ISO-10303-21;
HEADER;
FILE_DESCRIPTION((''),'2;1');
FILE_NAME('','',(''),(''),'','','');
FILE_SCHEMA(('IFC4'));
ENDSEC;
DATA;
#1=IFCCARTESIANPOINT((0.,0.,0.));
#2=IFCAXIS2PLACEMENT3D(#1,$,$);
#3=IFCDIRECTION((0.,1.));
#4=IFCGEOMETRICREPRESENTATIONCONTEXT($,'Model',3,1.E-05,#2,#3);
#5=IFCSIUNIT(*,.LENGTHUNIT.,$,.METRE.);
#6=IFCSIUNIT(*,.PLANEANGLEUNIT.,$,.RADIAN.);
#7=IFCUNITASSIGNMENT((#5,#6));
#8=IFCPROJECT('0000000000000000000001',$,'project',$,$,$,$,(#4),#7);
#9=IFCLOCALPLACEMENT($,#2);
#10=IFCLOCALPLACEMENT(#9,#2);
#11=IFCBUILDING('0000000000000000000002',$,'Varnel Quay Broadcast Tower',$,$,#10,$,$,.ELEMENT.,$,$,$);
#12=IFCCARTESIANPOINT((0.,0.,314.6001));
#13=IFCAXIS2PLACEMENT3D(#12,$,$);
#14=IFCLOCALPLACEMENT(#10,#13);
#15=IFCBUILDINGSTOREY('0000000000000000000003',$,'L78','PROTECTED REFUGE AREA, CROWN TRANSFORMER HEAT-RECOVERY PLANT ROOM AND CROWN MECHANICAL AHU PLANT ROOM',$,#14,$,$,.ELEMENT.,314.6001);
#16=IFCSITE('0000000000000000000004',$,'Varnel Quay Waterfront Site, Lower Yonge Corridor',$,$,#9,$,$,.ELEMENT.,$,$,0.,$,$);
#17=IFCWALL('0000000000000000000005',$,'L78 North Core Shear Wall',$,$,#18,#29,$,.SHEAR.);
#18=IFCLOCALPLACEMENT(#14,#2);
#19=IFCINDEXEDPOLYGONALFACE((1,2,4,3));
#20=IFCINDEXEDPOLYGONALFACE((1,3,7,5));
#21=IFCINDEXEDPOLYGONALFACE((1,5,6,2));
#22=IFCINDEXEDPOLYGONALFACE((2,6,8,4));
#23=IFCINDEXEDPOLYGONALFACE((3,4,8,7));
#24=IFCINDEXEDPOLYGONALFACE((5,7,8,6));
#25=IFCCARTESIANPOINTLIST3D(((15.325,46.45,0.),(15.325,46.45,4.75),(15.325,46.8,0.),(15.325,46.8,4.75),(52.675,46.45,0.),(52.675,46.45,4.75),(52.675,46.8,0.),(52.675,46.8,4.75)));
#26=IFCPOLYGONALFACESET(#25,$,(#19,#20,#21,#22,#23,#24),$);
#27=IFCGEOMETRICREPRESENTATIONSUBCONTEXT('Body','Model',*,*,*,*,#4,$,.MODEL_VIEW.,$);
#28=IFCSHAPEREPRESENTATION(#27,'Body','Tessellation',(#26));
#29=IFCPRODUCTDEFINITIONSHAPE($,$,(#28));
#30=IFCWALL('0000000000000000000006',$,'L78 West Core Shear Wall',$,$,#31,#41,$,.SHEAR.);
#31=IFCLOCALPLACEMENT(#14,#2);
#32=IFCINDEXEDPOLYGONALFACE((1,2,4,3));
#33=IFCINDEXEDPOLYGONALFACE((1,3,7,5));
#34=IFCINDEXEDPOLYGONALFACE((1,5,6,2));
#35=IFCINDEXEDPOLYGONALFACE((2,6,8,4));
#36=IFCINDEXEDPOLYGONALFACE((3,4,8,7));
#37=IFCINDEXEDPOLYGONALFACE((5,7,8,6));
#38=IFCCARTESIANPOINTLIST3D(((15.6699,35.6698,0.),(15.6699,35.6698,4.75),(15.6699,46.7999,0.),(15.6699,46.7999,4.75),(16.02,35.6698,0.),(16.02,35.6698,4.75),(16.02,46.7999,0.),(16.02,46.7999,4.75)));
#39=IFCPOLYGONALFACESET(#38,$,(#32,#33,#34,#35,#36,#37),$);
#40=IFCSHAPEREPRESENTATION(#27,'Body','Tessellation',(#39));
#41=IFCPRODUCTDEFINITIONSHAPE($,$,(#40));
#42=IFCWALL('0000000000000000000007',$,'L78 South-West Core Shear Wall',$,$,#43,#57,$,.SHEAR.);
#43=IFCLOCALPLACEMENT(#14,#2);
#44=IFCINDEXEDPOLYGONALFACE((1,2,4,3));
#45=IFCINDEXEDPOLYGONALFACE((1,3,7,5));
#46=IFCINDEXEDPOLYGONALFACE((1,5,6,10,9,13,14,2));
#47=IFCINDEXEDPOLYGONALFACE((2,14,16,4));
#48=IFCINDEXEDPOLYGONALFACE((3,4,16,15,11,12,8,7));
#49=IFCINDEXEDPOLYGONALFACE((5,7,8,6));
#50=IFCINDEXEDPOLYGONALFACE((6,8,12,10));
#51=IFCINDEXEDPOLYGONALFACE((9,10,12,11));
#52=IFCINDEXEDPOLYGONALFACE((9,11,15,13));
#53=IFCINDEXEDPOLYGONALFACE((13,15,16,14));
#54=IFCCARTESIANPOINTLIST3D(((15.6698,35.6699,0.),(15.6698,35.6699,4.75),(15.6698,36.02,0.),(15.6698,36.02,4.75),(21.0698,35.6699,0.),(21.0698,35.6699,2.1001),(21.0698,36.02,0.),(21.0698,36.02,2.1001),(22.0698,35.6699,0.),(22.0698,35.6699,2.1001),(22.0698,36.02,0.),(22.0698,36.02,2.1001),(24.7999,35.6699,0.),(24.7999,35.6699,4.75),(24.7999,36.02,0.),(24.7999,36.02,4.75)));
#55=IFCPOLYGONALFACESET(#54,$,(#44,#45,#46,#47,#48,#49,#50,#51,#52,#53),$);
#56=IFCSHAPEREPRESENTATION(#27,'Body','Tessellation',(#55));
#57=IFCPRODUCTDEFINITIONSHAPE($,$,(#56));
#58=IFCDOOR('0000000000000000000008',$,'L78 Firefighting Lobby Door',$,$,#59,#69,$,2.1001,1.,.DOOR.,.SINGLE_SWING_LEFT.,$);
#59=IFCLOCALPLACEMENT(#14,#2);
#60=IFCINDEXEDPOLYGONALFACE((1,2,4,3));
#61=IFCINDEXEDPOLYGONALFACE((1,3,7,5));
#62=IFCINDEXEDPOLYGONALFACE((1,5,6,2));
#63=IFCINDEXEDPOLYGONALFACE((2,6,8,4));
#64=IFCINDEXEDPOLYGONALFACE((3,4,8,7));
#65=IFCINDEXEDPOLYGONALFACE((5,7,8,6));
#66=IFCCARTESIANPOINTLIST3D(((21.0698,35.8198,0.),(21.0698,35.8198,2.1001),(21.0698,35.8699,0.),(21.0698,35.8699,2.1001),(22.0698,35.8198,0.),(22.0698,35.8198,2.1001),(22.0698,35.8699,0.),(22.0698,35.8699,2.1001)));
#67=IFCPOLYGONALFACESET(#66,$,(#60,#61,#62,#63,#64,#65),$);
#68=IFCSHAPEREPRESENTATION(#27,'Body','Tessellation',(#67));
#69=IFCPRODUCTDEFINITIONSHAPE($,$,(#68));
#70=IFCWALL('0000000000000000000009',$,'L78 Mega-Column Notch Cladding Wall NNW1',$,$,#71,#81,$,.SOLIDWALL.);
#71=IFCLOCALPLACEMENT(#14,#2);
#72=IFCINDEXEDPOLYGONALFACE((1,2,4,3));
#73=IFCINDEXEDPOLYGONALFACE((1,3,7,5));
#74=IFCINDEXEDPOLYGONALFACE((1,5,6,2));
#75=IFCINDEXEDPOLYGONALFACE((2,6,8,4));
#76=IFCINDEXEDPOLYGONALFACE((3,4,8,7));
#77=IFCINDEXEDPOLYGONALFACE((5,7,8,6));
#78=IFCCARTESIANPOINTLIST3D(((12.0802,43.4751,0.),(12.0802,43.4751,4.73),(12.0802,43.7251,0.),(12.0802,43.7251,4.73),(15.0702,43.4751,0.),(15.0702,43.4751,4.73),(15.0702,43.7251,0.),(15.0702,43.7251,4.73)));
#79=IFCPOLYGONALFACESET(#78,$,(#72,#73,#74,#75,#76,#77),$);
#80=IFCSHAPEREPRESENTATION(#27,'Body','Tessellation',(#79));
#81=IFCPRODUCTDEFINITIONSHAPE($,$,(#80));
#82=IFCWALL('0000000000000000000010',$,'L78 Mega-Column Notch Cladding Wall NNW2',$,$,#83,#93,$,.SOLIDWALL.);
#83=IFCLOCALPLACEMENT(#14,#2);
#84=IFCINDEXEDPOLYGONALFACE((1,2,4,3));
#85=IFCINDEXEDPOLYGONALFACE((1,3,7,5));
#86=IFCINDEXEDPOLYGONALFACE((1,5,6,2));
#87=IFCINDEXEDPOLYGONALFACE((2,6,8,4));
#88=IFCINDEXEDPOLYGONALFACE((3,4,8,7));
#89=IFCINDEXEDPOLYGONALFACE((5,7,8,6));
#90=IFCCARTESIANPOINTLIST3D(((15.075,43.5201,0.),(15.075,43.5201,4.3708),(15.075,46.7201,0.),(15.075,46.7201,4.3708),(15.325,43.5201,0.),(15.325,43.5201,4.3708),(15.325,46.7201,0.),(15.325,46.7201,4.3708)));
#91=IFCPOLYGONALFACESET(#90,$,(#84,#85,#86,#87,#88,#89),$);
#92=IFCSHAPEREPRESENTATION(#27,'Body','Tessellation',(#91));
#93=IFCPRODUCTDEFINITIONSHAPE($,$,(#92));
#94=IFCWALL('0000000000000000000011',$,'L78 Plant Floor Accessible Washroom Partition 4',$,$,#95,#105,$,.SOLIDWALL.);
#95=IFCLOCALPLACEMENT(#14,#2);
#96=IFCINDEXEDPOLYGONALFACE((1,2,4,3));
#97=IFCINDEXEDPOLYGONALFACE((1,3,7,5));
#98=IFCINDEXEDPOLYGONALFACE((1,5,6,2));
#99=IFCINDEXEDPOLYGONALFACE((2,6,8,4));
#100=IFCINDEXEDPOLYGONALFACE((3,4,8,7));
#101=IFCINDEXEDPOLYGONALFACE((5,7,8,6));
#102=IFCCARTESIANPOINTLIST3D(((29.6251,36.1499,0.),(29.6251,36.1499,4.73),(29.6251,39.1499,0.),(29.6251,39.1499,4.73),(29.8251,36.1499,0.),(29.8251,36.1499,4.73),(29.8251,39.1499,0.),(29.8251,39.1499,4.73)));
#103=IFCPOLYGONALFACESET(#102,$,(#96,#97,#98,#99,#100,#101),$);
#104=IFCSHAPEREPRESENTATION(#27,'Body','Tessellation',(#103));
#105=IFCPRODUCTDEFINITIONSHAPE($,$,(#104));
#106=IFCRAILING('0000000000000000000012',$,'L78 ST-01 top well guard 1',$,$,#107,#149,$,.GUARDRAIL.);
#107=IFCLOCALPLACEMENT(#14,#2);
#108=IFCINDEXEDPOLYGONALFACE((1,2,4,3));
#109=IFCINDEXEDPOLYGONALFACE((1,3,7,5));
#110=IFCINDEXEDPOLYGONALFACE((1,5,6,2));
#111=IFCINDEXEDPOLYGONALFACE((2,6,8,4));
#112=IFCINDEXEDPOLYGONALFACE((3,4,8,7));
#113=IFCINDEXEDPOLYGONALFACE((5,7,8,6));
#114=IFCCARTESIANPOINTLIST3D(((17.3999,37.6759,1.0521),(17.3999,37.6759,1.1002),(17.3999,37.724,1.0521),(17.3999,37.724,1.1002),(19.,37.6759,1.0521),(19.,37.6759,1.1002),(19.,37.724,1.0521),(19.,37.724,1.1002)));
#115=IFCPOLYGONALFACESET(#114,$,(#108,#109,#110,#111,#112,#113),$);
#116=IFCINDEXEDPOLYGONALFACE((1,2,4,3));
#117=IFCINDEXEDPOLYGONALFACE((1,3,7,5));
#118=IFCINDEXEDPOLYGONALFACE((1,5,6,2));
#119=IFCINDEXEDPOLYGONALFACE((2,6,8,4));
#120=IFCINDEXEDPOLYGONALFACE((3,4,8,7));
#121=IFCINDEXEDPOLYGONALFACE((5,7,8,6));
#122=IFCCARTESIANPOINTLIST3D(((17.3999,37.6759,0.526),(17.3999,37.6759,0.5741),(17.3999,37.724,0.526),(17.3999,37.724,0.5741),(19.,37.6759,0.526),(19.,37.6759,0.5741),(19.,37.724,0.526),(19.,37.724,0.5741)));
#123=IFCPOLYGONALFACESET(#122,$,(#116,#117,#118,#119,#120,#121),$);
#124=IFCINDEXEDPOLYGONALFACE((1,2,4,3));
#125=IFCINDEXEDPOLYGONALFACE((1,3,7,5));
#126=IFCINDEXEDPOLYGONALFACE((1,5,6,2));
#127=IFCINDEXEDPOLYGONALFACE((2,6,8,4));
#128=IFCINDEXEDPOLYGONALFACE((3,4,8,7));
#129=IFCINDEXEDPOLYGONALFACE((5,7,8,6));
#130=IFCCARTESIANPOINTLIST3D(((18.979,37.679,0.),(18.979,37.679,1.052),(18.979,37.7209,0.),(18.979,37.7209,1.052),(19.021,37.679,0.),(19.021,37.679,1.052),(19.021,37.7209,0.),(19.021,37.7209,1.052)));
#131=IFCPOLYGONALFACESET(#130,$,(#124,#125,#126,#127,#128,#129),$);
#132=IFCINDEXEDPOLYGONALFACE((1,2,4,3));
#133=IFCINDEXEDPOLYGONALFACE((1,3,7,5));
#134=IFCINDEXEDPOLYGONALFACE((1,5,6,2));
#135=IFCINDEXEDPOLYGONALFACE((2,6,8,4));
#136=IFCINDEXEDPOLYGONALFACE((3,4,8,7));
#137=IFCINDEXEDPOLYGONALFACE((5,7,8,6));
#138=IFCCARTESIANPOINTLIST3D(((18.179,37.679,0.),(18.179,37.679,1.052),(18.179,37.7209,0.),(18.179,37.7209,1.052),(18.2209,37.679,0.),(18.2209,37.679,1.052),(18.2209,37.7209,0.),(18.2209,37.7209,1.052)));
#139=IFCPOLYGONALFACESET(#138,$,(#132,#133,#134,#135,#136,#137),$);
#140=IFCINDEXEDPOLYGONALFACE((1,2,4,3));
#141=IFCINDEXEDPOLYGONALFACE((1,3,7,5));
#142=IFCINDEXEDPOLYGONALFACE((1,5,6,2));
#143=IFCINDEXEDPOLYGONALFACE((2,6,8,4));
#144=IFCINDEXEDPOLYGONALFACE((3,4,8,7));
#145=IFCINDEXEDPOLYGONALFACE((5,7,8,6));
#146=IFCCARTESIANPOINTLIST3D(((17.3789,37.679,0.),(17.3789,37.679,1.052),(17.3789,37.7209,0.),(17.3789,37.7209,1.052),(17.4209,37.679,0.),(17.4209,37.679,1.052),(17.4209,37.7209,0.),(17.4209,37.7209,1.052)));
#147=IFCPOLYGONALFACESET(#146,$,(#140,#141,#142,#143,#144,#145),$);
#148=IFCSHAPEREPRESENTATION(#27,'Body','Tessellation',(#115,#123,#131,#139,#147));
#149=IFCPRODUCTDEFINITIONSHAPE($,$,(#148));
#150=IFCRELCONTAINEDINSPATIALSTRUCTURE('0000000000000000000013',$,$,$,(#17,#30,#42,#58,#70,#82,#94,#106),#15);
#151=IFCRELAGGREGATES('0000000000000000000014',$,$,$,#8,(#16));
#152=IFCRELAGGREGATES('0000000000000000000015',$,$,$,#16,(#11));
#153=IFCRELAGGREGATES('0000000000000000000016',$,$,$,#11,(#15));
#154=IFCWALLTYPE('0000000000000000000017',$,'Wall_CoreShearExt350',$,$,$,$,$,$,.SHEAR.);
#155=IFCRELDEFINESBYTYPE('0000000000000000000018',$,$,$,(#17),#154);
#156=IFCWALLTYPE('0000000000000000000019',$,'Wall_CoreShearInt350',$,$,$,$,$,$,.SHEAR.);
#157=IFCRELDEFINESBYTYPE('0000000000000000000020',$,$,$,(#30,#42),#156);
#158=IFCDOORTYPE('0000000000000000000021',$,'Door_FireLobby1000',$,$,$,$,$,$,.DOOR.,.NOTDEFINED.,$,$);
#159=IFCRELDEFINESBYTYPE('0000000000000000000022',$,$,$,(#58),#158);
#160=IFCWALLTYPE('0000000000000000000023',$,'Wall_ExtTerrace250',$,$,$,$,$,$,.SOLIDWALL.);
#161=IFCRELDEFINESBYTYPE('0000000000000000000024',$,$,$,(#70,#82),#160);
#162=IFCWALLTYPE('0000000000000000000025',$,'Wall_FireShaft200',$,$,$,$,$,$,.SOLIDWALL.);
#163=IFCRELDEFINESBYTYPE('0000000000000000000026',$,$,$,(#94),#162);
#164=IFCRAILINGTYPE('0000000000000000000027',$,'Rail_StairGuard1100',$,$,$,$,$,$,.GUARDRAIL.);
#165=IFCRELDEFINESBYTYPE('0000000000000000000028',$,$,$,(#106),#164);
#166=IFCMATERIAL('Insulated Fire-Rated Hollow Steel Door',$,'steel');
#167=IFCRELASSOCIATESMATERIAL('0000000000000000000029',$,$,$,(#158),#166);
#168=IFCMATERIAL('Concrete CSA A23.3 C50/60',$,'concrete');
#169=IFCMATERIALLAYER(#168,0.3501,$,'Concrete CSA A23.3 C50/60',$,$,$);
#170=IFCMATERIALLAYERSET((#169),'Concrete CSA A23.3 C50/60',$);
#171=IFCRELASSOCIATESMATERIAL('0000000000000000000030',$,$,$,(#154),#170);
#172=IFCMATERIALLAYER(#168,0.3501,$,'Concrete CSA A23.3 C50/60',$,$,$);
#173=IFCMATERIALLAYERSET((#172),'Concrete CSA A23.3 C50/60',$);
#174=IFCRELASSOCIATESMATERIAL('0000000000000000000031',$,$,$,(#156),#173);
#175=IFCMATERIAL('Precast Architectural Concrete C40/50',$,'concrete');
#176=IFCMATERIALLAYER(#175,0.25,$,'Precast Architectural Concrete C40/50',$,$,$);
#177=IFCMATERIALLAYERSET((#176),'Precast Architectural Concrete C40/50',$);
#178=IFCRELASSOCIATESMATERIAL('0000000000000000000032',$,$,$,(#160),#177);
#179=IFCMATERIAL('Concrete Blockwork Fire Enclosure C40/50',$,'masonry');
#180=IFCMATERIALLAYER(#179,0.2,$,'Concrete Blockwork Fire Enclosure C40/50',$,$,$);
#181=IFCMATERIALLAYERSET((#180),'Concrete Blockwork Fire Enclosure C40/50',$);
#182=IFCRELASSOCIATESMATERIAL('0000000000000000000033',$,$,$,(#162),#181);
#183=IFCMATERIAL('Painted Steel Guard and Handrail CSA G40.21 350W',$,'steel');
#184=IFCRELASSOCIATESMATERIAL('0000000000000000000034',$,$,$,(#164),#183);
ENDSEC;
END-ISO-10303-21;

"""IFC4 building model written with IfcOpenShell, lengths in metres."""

from ifc_helpers import new_model, si_unit, direction, frame, frame_2d, origin, origin_2d, place, context, subcontext, project, spatial, rectangle, extrude, source, transform, mapped, material, layer, layer_set, type_object, element, fill, save


model = new_model("IFC4")

# Units and contexts
model_context = context("Model", 3, precision=1e-05, world=origin(), true_north=direction((0.0, 1.0)))
body_context = subcontext(model_context, "Body", "Model", "MODEL_VIEW")
ifc_project = project(units=[si_unit("LENGTHUNIT", "METRE"), si_unit("PLANEANGLEUNIT", "RADIAN")], contexts=[model_context])

# Site, building, storey
site_placement = place(None, origin())
site = spatial("IfcSite", under=ifc_project, at=site_placement, Name="Varnel Quay Waterfront Site, Lower Yonge Corridor", CompositionType="ELEMENT", RefElevation=0.0)
building_placement = place(site_placement, origin())
building = spatial("IfcBuilding", under=site, at=building_placement, Name="Varnel Quay Broadcast Tower", CompositionType="ELEMENT")
storey_placement = place(building_placement, frame((0.0, 0.0, 314.6001)))
storey = spatial("IfcBuildingStorey", under=building, at=storey_placement, Name="L78", Description="PROTECTED REFUGE AREA, CROWN TRANSFORMER HEAT-RECOVERY PLANT ROOM AND CROWN MECHANICAL AHU PLANT ROOM", CompositionType="ELEMENT", Elevation=314.6001)

# Shared definitions
ifc_material_1 = material(Name="Concrete CSA A23.3 C50/60", Category="concrete")
ifc_material_2 = material(Name="Insulated Fire-Rated Hollow Steel Door", Category="steel")

# Shared definitions
door_type_1 = type_object("IfcDoorType", Name="Door_FireLobby1000", OperationType="NOTDEFINED", PredefinedType="DOOR", material=ifc_material_2)

# Walls
ifc_layer_1 = layer(ifc_material_1, 0.3501, Name="Concrete CSA A23.3 C50/60")
ifc_layer_set_1 = layer_set([ifc_layer_1], Name="Concrete CSA A23.3 C50/60")
wall_type_1 = type_object("IfcWallType", Name="Wall_CoreShearExt350", PredefinedType="SHEAR", material=ifc_layer_set_1)
wall_1_placement = place(storey_placement, frame((15.325, 46.625, 0.0), z_axis=(0.0, 0.0, 1.0), x_axis=(1.0, 0.0, 0.0)))
element("IfcWall", 1, at=wall_1_placement, inside=storey, type_object=wall_type_1, Name="L78 North Core Shear Wall", PredefinedType="SHEAR", context=body_context, shape_type="SweptSolid", body=[
    extrude(rectangle(XDim=37.3501, YDim=0.3501, at=frame_2d((18.675, 0.0))), origin(), (0.0, 0.0, 1.0), 4.75),
])
ifc_layer_2 = layer(ifc_material_1, 0.3501, Name="Concrete CSA A23.3 C50/60")
ifc_layer_set_2 = layer_set([ifc_layer_2], Name="Concrete CSA A23.3 C50/60")
wall_type_2 = type_object("IfcWallType", Name="Wall_CoreShearInt350", PredefinedType="SHEAR", material=ifc_layer_set_2)
wall_2_placement = place(storey_placement, frame((15.845, 35.6699, 0.0), z_axis=(0.0, 0.0, 1.0), x_axis=(0.0, 1.0, 0.0)))
element("IfcWall", 2, at=wall_2_placement, inside=storey, type_object=wall_type_2, Name="L78 West Core Shear Wall", PredefinedType="SHEAR", context=body_context, shape_type="SweptSolid", body=[
    extrude(rectangle(XDim=11.1301, YDim=0.3501, at=frame_2d((5.5649, 0.0))), origin(), (0.0, 0.0, 1.0), 4.75),
])

# Wall, opening, door
wall_3_placement = place(storey_placement, frame((15.6699, 35.845, 0.0), z_axis=(0.0, 0.0, 1.0), x_axis=(1.0, 0.0, 0.0)))
wall_3 = element("IfcWall", 3, at=wall_3_placement, inside=storey, type_object=wall_type_2, Name="L78 South-West Core Shear Wall", PredefinedType="SHEAR", context=body_context, shape_type="SweptSolid", body=[
    extrude(rectangle(XDim=9.1301, YDim=0.3501, at=frame_2d((4.5649, 0.0))), origin(), (0.0, 0.0, 1.0), 4.75),
])
opening_1_placement = place(wall_3_placement, frame((5.3999, 0.0, 0.0)))
opening_1 = element("IfcOpeningElement", 4, at=opening_1_placement, cuts=wall_3, PredefinedType="OPENING", context=body_context, shape_type="SweptSolid", body=[
    extrude(rectangle(XDim=1.0, YDim=2.1001, at=frame_2d((0.5, 1.05))), frame((0.0, 0.1851, 0.0), z_axis=(0.0, -1.0, 0.0), x_axis=(1.0, 0.0, 0.0)), (0.0, 0.0, 1.0), 0.3701),
])
shared_shape_1 = source(origin(), body_context, "Body", "SweptSolid", [
    extrude(rectangle(XDim=1.0, YDim=2.1001, at=frame_2d((0.5, 1.05))), frame((0.0, 0.0249, 0.0), z_axis=(0.0, -1.0, 0.0), x_axis=(1.0, 0.0, 0.0)), (0.0, 0.0, 1.0), 0.05),
])
door_1_placement = place(opening_1_placement, origin())
door_1 = element("IfcDoor", 5, at=door_1_placement, inside=storey, type_object=door_type_1, Name="L78 Firefighting Lobby Door", OperationType="SINGLE_SWING_LEFT", OverallHeight=2.1001, OverallWidth=1.0, PredefinedType="DOOR", context=body_context, shape_type="MappedRepresentation", body=[
    mapped(shared_shape_1, transform((0.0, 0.0, 0.0), x_axis=(1.0, 0.0, 0.0), y_axis=(0.0, 1.0, 0.0), z_axis=(0.0, 0.0, 1.0), scale=1.0)),
])
fill(opening_1, door_1)

# Walls
ifc_material_3 = material(Name="Precast Architectural Concrete C40/50", Category="concrete")
ifc_layer_3 = layer(ifc_material_3, 0.25, Name="Precast Architectural Concrete C40/50")
ifc_layer_set_3 = layer_set([ifc_layer_3], Name="Precast Architectural Concrete C40/50")
wall_type_3 = type_object("IfcWallType", Name="Wall_ExtTerrace250", PredefinedType="SOLIDWALL", material=ifc_layer_set_3)
wall_4_placement = place(storey_placement, frame((12.0801, 43.6001, 0.0), z_axis=(0.0, 0.0, 1.0), x_axis=(1.0, 0.0, 0.0)))
element("IfcWall", 6, at=wall_4_placement, inside=storey, type_object=wall_type_3, Name="L78 Mega-Column Notch Cladding Wall NNW1", PredefinedType="SOLIDWALL", context=body_context, shape_type="SweptSolid", body=[
    extrude(rectangle(XDim=2.99, YDim=0.25, at=frame_2d((1.4951, 0.0))), origin(), (0.0, 0.0, 1.0), 4.73),
])
wall_5_placement = place(storey_placement, frame((15.2, 43.52, 0.0), z_axis=(0.0, 0.0, 1.0), x_axis=(0.0, 1.0, 0.0)))
element("IfcWall", 7, at=wall_5_placement, inside=storey, type_object=wall_type_3, Name="L78 Mega-Column Notch Cladding Wall NNW2", PredefinedType="SOLIDWALL", context=body_context, shape_type="SweptSolid", body=[
    extrude(rectangle(XDim=3.2, YDim=0.25, at=frame_2d((1.6001, 0.0))), origin(), (0.0, 0.0, 1.0), 4.3708),
])
ifc_material_4 = material(Name="Concrete Blockwork Fire Enclosure C40/50", Category="masonry")
ifc_layer_4 = layer(ifc_material_4, 0.2, Name="Concrete Blockwork Fire Enclosure C40/50")
ifc_layer_set_4 = layer_set([ifc_layer_4], Name="Concrete Blockwork Fire Enclosure C40/50")
wall_type_4 = type_object("IfcWallType", Name="Wall_FireShaft200", PredefinedType="SOLIDWALL", material=ifc_layer_set_4)
wall_6_placement = place(storey_placement, frame((29.7251, 36.1499, 0.0), z_axis=(0.0, 0.0, 1.0), x_axis=(0.0, 1.0, 0.0)))
element("IfcWall", 8, at=wall_6_placement, inside=storey, type_object=wall_type_4, Name="L78 Plant Floor Accessible Washroom Partition 4", PredefinedType="SOLIDWALL", context=body_context, shape_type="SweptSolid", body=[
    extrude(rectangle(XDim=3.0, YDim=0.2, at=frame_2d((1.5, 0.0))), origin(), (0.0, 0.0, 1.0), 4.73),
])

# Railing
ifc_material_5 = material(Name="Painted Steel Guard and Handrail CSA G40.21 350W", Category="steel")
railing_type = type_object("IfcRailingType", Name="Rail_StairGuard1100", PredefinedType="GUARDRAIL", material=ifc_material_5)
railing_placement = place(storey_placement, frame((19.0, 37.7, 0.0)))
element("IfcRailing", 9, at=railing_placement, inside=storey, type_object=railing_type, Name="L78 ST-01 top well guard 1", PredefinedType="GUARDRAIL", context=body_context, shape_type="SweptSolid", body=[
    extrude(rectangle(XDim=0.0481, YDim=0.0481, at=origin_2d()), frame((0.0, 0.0, 1.0762), z_axis=(-1.0, 0.0, 0.0), x_axis=(0.0, -1.0, 0.0)), (0.0, 0.0, 1.0), 1.6001),
    extrude(rectangle(XDim=0.0481, YDim=0.0481, at=origin_2d()), frame((0.0, 0.0, 0.55), z_axis=(-1.0, 0.0, 0.0), x_axis=(0.0, -1.0, 0.0)), (0.0, 0.0, 1.0), 1.6001),
    extrude(rectangle(XDim=0.042, YDim=0.042, at=origin_2d()), origin(), (0.0, 0.0, 1.0), 1.052),
    extrude(rectangle(XDim=0.042, YDim=0.042, at=origin_2d()), frame((-0.8, 0.0, 0.0)), (0.0, 0.0, 1.0), 1.052),
    extrude(rectangle(XDim=0.042, YDim=0.042, at=origin_2d()), frame((-1.6001, 0.0, 0.0)), (0.0, 0.0, 1.0), 1.052),
])

save(model, "model.ifc")
